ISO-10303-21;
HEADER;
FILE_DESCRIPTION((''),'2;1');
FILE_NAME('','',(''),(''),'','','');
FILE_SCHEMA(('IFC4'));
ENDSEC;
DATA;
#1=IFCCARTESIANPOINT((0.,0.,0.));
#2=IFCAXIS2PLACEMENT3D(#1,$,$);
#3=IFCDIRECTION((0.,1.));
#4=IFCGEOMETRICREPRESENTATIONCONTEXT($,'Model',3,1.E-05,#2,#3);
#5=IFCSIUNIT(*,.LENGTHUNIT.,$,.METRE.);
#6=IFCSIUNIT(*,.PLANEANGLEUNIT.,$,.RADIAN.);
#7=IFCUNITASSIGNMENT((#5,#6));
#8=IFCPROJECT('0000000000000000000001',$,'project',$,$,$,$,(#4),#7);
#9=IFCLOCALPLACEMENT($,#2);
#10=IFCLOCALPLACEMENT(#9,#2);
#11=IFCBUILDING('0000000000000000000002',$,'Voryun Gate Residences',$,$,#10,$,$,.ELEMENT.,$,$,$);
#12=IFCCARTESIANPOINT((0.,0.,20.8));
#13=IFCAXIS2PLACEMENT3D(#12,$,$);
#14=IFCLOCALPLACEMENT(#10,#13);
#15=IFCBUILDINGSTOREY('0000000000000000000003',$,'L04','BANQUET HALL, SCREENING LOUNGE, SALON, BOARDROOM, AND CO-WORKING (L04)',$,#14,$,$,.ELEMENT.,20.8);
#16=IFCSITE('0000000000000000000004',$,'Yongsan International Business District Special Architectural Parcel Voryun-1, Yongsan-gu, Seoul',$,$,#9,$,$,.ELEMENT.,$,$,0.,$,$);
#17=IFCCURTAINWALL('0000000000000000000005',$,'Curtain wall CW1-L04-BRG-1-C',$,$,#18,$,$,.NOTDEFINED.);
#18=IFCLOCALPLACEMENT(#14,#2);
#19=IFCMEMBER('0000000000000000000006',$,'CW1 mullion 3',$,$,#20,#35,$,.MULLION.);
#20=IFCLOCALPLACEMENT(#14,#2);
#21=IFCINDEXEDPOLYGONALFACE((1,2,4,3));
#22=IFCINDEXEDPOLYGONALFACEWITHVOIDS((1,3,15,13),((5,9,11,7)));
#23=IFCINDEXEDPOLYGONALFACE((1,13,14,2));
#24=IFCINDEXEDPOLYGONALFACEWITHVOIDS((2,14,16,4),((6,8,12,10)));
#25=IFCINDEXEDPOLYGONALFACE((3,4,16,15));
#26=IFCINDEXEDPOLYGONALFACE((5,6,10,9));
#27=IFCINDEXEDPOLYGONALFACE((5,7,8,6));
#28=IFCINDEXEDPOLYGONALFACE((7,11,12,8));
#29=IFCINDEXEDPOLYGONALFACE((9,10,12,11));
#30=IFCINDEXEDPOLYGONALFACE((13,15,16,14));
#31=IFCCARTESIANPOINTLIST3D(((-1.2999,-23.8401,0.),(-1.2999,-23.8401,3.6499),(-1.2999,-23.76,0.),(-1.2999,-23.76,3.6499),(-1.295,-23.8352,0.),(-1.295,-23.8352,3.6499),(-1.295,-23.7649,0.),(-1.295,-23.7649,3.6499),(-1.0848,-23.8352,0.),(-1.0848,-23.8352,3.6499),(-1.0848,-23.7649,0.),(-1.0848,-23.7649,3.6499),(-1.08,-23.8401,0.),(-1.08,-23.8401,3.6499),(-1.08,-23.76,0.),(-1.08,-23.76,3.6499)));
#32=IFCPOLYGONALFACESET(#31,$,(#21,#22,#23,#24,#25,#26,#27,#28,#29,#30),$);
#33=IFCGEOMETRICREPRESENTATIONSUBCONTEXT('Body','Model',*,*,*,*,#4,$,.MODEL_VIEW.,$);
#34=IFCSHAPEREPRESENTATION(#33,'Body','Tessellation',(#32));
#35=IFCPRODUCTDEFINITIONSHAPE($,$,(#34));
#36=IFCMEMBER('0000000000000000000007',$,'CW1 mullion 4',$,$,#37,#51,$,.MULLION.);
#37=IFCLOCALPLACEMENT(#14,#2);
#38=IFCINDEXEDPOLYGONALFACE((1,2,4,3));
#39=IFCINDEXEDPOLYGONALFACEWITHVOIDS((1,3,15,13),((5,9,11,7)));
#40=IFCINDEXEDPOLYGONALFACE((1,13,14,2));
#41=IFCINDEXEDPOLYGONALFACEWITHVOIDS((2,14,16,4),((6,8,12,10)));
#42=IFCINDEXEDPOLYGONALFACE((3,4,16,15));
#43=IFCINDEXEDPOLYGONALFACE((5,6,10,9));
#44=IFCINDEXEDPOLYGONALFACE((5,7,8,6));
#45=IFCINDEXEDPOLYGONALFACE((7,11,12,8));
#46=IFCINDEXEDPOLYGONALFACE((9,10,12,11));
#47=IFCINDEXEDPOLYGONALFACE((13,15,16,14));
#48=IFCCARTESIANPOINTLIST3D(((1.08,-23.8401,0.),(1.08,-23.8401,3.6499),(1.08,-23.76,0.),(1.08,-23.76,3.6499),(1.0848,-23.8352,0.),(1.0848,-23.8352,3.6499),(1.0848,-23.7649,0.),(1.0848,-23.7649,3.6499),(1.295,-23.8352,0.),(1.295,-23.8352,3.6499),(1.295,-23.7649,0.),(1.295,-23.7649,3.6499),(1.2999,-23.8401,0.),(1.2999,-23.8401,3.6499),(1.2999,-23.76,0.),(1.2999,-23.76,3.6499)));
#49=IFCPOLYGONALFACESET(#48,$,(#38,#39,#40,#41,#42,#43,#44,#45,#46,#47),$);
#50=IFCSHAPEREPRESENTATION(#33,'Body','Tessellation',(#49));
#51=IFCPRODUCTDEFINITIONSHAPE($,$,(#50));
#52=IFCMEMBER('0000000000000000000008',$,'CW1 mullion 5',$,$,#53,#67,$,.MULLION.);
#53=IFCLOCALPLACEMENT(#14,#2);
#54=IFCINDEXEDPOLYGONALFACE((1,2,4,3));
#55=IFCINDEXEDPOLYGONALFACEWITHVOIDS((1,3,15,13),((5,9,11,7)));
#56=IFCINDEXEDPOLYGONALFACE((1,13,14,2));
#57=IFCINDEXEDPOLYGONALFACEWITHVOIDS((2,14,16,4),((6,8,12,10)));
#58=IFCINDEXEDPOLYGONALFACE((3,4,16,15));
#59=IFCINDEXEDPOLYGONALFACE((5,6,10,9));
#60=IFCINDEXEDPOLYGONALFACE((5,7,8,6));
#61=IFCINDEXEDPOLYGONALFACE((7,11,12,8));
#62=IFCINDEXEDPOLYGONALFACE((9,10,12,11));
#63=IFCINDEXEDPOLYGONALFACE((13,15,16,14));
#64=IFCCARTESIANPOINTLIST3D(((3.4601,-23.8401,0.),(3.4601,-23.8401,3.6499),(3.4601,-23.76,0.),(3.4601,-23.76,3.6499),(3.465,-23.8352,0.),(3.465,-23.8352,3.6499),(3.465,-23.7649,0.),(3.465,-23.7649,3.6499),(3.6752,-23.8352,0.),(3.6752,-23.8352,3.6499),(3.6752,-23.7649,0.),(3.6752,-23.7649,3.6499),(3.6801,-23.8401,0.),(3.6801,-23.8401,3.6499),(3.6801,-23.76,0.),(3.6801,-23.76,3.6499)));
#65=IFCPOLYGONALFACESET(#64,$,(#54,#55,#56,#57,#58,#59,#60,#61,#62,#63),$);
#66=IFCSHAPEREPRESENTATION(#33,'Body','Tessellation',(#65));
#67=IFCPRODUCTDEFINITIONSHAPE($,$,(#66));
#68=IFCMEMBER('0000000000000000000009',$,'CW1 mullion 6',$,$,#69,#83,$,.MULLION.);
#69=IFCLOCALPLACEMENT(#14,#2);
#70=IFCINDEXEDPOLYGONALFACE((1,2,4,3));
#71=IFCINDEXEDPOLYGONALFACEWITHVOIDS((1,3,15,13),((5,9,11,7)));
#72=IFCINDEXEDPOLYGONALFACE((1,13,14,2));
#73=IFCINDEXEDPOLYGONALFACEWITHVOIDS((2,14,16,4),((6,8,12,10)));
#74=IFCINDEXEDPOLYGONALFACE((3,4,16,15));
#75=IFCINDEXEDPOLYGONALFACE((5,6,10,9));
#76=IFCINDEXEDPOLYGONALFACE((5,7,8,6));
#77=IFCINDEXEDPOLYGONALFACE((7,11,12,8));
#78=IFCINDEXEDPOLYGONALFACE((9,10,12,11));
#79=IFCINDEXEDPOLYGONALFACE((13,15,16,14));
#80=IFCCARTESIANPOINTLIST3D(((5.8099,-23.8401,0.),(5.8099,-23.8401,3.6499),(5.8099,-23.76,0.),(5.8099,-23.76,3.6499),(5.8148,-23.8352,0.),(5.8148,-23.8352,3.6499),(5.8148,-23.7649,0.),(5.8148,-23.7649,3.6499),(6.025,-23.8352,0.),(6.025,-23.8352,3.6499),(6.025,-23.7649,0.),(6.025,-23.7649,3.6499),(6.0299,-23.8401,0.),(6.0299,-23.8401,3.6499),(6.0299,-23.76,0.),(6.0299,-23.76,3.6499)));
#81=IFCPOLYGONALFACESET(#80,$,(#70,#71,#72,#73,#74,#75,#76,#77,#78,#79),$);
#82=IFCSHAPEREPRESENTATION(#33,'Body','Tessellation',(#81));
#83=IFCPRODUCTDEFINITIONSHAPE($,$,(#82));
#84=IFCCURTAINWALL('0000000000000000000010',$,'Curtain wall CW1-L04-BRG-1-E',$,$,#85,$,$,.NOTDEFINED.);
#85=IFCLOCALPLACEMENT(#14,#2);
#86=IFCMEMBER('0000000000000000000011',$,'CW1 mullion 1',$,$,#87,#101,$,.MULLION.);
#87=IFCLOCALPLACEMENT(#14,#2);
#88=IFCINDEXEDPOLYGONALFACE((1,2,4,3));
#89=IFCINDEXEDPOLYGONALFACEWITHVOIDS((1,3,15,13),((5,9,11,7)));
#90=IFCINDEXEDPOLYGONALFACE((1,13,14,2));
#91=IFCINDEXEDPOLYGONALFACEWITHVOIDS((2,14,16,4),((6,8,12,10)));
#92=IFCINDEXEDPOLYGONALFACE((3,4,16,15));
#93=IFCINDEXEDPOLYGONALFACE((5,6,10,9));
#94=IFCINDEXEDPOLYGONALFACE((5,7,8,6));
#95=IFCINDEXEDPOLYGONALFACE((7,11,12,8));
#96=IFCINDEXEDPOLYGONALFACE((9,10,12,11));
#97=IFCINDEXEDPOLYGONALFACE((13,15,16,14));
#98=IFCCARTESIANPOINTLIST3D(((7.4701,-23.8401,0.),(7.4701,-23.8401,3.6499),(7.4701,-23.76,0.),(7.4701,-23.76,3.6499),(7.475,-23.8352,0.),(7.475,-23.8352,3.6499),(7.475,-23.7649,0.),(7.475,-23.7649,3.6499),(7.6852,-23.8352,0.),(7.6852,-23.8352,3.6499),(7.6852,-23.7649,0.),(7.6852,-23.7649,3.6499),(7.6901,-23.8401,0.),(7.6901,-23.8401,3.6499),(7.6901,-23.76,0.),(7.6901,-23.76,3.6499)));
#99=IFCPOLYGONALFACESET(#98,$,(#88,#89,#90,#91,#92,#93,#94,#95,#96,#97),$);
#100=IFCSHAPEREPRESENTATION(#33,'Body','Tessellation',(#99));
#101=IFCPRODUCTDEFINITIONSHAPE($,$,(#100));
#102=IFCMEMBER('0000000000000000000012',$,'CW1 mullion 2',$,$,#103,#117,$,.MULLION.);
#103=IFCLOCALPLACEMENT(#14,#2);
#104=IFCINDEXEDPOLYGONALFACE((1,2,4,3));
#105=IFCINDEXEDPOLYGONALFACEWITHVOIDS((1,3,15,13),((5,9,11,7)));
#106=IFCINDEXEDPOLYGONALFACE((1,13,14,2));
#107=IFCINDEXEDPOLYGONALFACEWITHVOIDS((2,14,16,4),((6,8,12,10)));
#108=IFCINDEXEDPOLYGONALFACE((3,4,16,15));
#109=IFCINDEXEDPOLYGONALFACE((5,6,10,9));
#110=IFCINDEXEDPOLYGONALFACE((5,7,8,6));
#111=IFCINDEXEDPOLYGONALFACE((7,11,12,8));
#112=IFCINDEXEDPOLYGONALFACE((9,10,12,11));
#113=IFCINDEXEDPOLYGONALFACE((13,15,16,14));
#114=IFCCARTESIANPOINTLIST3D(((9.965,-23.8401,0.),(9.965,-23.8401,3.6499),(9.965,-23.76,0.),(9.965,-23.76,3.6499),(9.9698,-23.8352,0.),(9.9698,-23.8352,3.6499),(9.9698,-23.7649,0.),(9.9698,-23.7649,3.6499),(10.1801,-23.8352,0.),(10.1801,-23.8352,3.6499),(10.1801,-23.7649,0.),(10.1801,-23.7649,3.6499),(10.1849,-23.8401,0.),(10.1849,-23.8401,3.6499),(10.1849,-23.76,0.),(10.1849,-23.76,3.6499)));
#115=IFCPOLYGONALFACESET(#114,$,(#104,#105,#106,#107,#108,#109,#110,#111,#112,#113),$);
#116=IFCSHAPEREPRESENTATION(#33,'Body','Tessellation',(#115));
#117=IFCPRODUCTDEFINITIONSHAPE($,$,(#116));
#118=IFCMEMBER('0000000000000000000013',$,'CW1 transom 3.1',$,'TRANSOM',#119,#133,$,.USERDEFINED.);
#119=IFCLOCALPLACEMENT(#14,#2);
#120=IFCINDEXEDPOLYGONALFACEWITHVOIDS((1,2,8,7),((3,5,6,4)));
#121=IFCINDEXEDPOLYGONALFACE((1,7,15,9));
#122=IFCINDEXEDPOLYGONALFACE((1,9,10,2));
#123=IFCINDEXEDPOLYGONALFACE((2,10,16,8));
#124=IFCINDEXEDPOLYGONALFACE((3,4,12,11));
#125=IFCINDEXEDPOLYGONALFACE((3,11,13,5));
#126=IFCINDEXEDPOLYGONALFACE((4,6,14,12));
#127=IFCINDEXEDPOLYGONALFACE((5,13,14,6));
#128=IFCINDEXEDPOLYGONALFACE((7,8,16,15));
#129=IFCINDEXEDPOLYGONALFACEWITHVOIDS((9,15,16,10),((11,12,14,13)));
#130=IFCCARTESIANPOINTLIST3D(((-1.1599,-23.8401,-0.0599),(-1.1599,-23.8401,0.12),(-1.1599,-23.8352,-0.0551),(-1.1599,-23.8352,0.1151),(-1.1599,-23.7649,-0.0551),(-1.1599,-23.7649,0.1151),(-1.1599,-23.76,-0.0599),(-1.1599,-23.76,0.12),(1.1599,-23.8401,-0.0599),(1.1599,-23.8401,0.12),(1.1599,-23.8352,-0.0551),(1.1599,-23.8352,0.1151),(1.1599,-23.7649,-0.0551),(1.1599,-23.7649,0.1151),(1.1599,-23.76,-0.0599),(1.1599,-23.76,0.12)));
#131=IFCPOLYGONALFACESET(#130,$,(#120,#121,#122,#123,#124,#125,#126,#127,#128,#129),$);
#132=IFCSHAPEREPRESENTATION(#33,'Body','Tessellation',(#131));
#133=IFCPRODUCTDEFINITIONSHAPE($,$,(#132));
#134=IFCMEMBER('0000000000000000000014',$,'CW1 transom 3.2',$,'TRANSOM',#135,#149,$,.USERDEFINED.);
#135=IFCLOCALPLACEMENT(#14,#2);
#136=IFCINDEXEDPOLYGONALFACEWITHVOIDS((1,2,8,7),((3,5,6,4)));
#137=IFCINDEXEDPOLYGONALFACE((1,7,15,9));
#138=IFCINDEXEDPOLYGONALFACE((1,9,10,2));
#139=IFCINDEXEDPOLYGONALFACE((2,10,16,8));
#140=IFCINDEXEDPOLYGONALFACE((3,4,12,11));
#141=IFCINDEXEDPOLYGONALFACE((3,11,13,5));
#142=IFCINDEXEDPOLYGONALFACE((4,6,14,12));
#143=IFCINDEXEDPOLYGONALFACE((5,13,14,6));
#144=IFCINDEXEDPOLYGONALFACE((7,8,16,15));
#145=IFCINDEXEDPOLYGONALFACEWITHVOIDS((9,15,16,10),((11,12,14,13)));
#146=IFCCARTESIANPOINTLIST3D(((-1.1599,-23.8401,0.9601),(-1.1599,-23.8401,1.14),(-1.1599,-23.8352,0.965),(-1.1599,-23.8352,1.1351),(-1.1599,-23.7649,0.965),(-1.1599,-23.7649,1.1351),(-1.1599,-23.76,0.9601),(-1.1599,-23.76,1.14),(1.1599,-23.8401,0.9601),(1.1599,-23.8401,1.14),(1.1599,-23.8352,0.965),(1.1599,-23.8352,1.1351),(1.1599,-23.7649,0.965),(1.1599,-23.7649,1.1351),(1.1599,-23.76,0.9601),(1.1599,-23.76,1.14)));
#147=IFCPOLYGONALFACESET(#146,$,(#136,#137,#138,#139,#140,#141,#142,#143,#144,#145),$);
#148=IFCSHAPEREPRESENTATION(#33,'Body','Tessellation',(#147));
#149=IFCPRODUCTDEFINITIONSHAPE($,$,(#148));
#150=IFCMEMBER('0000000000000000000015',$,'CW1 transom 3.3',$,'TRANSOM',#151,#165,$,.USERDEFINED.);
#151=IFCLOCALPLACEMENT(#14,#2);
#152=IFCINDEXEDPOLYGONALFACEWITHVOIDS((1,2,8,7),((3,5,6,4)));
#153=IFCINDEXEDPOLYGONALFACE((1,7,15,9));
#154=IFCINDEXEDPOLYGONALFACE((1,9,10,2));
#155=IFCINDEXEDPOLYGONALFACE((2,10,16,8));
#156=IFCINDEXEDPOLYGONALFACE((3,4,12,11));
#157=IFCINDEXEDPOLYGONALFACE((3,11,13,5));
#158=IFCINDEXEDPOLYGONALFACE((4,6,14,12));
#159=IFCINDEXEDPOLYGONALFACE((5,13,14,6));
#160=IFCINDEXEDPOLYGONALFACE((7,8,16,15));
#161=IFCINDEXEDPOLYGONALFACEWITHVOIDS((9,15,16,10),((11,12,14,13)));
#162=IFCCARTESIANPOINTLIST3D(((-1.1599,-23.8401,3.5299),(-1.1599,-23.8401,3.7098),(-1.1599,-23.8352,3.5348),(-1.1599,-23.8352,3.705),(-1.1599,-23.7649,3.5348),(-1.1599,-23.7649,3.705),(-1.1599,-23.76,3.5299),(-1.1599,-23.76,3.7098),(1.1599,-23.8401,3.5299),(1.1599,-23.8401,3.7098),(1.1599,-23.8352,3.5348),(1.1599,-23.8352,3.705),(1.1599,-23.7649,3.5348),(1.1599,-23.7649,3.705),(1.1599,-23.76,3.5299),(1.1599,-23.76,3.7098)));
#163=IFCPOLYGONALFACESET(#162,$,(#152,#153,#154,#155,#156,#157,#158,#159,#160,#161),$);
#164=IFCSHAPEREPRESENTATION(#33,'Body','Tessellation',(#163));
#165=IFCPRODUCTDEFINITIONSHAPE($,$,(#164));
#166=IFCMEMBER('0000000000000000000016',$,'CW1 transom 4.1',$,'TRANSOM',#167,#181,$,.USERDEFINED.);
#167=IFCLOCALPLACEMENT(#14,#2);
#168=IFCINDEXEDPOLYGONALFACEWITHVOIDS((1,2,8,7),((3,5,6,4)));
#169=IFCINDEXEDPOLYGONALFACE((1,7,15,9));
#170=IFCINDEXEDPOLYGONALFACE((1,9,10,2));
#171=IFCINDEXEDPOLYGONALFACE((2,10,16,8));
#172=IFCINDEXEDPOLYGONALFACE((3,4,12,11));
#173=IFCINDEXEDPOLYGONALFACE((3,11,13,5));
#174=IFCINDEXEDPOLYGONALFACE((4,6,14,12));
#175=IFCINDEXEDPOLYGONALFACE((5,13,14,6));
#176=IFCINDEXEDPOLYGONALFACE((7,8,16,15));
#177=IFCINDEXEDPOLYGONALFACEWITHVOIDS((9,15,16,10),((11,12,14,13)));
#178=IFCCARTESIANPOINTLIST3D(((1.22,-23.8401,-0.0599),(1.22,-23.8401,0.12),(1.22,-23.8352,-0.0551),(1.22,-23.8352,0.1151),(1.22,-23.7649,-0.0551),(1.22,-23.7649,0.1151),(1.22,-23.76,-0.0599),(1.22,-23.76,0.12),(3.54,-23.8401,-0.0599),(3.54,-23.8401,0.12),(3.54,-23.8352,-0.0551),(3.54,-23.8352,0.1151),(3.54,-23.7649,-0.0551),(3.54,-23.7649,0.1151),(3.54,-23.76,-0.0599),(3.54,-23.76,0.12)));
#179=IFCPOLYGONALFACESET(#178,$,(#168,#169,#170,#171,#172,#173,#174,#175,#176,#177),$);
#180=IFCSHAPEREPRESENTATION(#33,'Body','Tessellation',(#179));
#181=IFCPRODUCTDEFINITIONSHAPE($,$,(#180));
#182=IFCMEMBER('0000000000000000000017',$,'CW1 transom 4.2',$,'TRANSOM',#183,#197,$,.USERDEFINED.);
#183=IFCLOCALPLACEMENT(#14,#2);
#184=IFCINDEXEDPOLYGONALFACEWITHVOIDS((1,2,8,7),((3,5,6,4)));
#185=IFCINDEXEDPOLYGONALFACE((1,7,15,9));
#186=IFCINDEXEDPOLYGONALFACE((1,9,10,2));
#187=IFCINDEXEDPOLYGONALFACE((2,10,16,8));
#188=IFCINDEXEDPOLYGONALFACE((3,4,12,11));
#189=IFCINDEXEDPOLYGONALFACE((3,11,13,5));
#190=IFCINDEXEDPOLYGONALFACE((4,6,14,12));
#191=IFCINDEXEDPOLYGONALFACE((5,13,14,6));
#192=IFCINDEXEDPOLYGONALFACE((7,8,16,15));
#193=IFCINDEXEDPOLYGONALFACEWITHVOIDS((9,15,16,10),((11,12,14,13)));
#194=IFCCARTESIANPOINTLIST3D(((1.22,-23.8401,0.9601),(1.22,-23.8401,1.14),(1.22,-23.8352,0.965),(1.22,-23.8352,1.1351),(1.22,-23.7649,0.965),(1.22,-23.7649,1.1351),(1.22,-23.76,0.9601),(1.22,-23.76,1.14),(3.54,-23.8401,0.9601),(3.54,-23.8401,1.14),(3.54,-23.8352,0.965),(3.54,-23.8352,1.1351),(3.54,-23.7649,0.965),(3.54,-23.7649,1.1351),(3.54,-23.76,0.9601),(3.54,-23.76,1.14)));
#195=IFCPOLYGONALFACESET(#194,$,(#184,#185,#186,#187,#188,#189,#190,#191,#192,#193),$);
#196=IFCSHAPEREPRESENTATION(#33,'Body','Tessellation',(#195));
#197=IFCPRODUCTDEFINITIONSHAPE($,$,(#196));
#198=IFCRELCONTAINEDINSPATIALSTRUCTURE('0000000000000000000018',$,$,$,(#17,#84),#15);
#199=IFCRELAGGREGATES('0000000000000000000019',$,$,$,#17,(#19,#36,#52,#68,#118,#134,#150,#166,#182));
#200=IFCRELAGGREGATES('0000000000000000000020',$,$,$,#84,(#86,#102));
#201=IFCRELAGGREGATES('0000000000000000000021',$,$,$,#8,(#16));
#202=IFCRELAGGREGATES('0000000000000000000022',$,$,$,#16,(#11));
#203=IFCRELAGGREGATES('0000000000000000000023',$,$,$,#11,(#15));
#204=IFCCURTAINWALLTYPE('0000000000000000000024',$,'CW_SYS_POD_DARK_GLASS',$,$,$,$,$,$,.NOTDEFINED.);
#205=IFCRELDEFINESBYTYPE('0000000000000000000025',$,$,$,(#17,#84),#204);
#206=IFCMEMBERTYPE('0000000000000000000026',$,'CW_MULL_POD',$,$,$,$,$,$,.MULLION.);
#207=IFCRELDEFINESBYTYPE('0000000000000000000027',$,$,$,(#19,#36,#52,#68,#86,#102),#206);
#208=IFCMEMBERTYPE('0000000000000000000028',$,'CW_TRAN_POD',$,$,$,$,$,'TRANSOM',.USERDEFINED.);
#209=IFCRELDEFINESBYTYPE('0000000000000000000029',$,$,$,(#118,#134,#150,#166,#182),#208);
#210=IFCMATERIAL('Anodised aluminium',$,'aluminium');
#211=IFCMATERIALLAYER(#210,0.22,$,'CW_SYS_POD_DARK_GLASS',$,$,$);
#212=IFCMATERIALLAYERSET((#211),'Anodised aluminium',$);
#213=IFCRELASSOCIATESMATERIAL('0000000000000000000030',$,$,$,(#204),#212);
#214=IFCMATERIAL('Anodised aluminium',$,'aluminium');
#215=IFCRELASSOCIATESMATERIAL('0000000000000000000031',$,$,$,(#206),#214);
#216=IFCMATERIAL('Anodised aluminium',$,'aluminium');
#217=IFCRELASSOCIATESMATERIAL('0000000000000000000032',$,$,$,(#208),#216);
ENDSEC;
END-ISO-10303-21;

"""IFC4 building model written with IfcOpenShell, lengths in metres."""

from ifc_helpers import new_model, si_unit, direction, frame, origin, origin_2d, place, context, subcontext, project, spatial, hollow_rectangle, extrude, material, layer, layer_set, material_profile, profile_set, type_object, element, aggregate, save


model = new_model("IFC4")

# Units and contexts
model_context = context("Model", 3, precision=1e-05, world=origin(), true_north=direction((0.0, 1.0)))
body_context = subcontext(model_context, "Body", "Model", "MODEL_VIEW")
ifc_project = project(units=[si_unit("LENGTHUNIT", "METRE"), si_unit("PLANEANGLEUNIT", "RADIAN")], contexts=[model_context])

# Site, building, storey
site_placement = place(None, origin())
site = spatial("IfcSite", under=ifc_project, at=site_placement, Name="Yongsan International Business District Special Architectural Parcel Voryun-1, Yongsan-gu, Seoul", CompositionType="ELEMENT", RefElevation=0.0)
building_placement = place(site_placement, origin())
building = spatial("IfcBuilding", under=site, at=building_placement, Name="Voryun Gate Residences", CompositionType="ELEMENT")
storey_placement = place(building_placement, frame((0.0, 0.0, 20.8)))
storey = spatial("IfcBuildingStorey", under=building, at=storey_placement, Name="L04", Description="BANQUET HALL, SCREENING LOUNGE, SALON, BOARDROOM, AND CO-WORKING (L04)", CompositionType="ELEMENT", Elevation=20.8)

# Curtain walls, members
ifc_material_1 = material(Name="Anodised aluminium", Category="aluminium")
ifc_layer_1 = layer(ifc_material_1, 0.22, Name="CW_SYS_POD_DARK_GLASS")
ifc_layer_set_1 = layer_set([ifc_layer_1], Name="Anodised aluminium")
curtain_wall_type = type_object("IfcCurtainWallType", Name="CW_SYS_POD_DARK_GLASS", PredefinedType="NOTDEFINED", material=ifc_layer_set_1)
curtain_wall_1_placement = place(storey_placement, origin())
curtain_wall_1 = element("IfcCurtainWall", 1, at=curtain_wall_1_placement, inside=storey, type_object=curtain_wall_type, Name="Curtain wall CW1-L04-BRG-1-C", PredefinedType="NOTDEFINED")
ifc_material_2 = material(Name="Anodised aluminium", Category="aluminium")
ifc_material_profile_1 = material_profile(ifc_material_2, hollow_rectangle(XDim=0.0801, YDim=0.22, WallThickness=0.0049, at=origin_2d()), Name="ALU-MULL-220x80x5")
ifc_profile_set_1 = profile_set([ifc_material_profile_1], Name="Anodised aluminium")
member_type_1 = type_object("IfcMemberType", Name="CW_MULL_POD", PredefinedType="MULLION", material=ifc_profile_set_1)
member_1_placement = place(storey_placement, frame((-1.1899, -23.8, 0.0), z_axis=(0.0, 0.0, 1.0), x_axis=(0.0, 1.0, 0.0)))
member_1 = element("IfcMember", 2, at=member_1_placement, type_object=member_type_1, Name="CW1 mullion 3", PredefinedType="MULLION", context=body_context, shape_type="SweptSolid", body=[
    extrude(hollow_rectangle(XDim=0.0801, YDim=0.22, WallThickness=0.0049, at=origin_2d()), origin(), (0.0, 0.0, 1.0), 3.6499),
])
member_2_placement = place(storey_placement, frame((1.1899, -23.8, 0.0), z_axis=(0.0, 0.0, 1.0), x_axis=(0.0, 1.0, 0.0)))
member_2 = element("IfcMember", 3, at=member_2_placement, type_object=member_type_1, Name="CW1 mullion 4", PredefinedType="MULLION", context=body_context, shape_type="SweptSolid", body=[
    extrude(hollow_rectangle(XDim=0.0801, YDim=0.22, WallThickness=0.0049, at=origin_2d()), origin(), (0.0, 0.0, 1.0), 3.6499),
])
member_3_placement = place(storey_placement, frame((3.5701, -23.8, 0.0), z_axis=(0.0, 0.0, 1.0), x_axis=(0.0, 1.0, 0.0)))
member_3 = element("IfcMember", 4, at=member_3_placement, type_object=member_type_1, Name="CW1 mullion 5", PredefinedType="MULLION", context=body_context, shape_type="SweptSolid", body=[
    extrude(hollow_rectangle(XDim=0.0801, YDim=0.22, WallThickness=0.0049, at=origin_2d()), origin(), (0.0, 0.0, 1.0), 3.6499),
])
member_4_placement = place(storey_placement, frame((5.9199, -23.8, 0.0), z_axis=(0.0, 0.0, 1.0), x_axis=(0.0, 1.0, 0.0)))
member_4 = element("IfcMember", 5, at=member_4_placement, type_object=member_type_1, Name="CW1 mullion 6", PredefinedType="MULLION", context=body_context, shape_type="SweptSolid", body=[
    extrude(hollow_rectangle(XDim=0.0801, YDim=0.22, WallThickness=0.0049, at=origin_2d()), origin(), (0.0, 0.0, 1.0), 3.6499),
])
curtain_wall_2_placement = place(storey_placement, origin())
curtain_wall_2 = element("IfcCurtainWall", 6, at=curtain_wall_2_placement, inside=storey, type_object=curtain_wall_type, Name="Curtain wall CW1-L04-BRG-1-E", PredefinedType="NOTDEFINED")
member_5_placement = place(storey_placement, frame((7.5801, -23.8, 0.0), z_axis=(0.0, 0.0, 1.0), x_axis=(0.0, 1.0, 0.0)))
member_5 = element("IfcMember", 7, at=member_5_placement, type_object=member_type_1, Name="CW1 mullion 1", PredefinedType="MULLION", context=body_context, shape_type="SweptSolid", body=[
    extrude(hollow_rectangle(XDim=0.0801, YDim=0.22, WallThickness=0.0049, at=origin_2d()), origin(), (0.0, 0.0, 1.0), 3.6499),
])
member_6_placement = place(storey_placement, frame((10.075, -23.8, 0.0), z_axis=(0.0, 0.0, 1.0), x_axis=(0.0, 1.0, 0.0)))
member_6 = element("IfcMember", 8, at=member_6_placement, type_object=member_type_1, Name="CW1 mullion 2", PredefinedType="MULLION", context=body_context, shape_type="SweptSolid", body=[
    extrude(hollow_rectangle(XDim=0.0801, YDim=0.22, WallThickness=0.0049, at=origin_2d()), origin(), (0.0, 0.0, 1.0), 3.6499),
])

# Members
ifc_material_3 = material(Name="Anodised aluminium", Category="aluminium")
ifc_material_profile_2 = material_profile(ifc_material_3, hollow_rectangle(XDim=0.0801, YDim=0.1799, WallThickness=0.0049, at=origin_2d()), Name="ALU-TRAN-180x80x5")
ifc_profile_set_2 = profile_set([ifc_material_profile_2], Name="Anodised aluminium")
member_type_2 = type_object("IfcMemberType", Name="CW_TRAN_POD", ElementType="TRANSOM", PredefinedType="USERDEFINED", material=ifc_profile_set_2)
member_7_placement = place(storey_placement, frame((-1.1599, -23.8, 0.03), z_axis=(1.0, 0.0, 0.0), x_axis=(0.0, 1.0, 0.0)))
member_7 = element("IfcMember", 9, at=member_7_placement, type_object=member_type_2, Name="CW1 transom 3.1", ObjectType="TRANSOM", PredefinedType="USERDEFINED", context=body_context, shape_type="SweptSolid", body=[
    extrude(hollow_rectangle(XDim=0.0801, YDim=0.1799, WallThickness=0.0049, at=origin_2d()), origin(), (0.0, 0.0, 1.0), 2.3198),
])
member_8_placement = place(storey_placement, frame((-1.1599, -23.8, 1.05), z_axis=(1.0, 0.0, 0.0), x_axis=(0.0, 1.0, 0.0)))
member_8 = element("IfcMember", 10, at=member_8_placement, type_object=member_type_2, Name="CW1 transom 3.2", ObjectType="TRANSOM", PredefinedType="USERDEFINED", context=body_context, shape_type="SweptSolid", body=[
    extrude(hollow_rectangle(XDim=0.0801, YDim=0.1799, WallThickness=0.0049, at=origin_2d()), origin(), (0.0, 0.0, 1.0), 2.3198),
])
member_9_placement = place(storey_placement, frame((-1.1599, -23.8, 3.6199), z_axis=(1.0, 0.0, 0.0), x_axis=(0.0, 1.0, 0.0)))
member_9 = element("IfcMember", 11, at=member_9_placement, type_object=member_type_2, Name="CW1 transom 3.3", ObjectType="TRANSOM", PredefinedType="USERDEFINED", context=body_context, shape_type="SweptSolid", body=[
    extrude(hollow_rectangle(XDim=0.0801, YDim=0.1799, WallThickness=0.0049, at=origin_2d()), origin(), (0.0, 0.0, 1.0), 2.3198),
])
member_10_placement = place(storey_placement, frame((1.22, -23.8, 0.03), z_axis=(1.0, 0.0, 0.0), x_axis=(0.0, 1.0, 0.0)))
member_10 = element("IfcMember", 12, at=member_10_placement, type_object=member_type_2, Name="CW1 transom 4.1", ObjectType="TRANSOM", PredefinedType="USERDEFINED", context=body_context, shape_type="SweptSolid", body=[
    extrude(hollow_rectangle(XDim=0.0801, YDim=0.1799, WallThickness=0.0049, at=origin_2d()), origin(), (0.0, 0.0, 1.0), 2.3201),
])
member_11_placement = place(storey_placement, frame((1.22, -23.8, 1.05), z_axis=(1.0, 0.0, 0.0), x_axis=(0.0, 1.0, 0.0)))
member_11 = element("IfcMember", 13, at=member_11_placement, type_object=member_type_2, Name="CW1 transom 4.2", ObjectType="TRANSOM", PredefinedType="USERDEFINED", context=body_context, shape_type="SweptSolid", body=[
    extrude(hollow_rectangle(XDim=0.0801, YDim=0.1799, WallThickness=0.0049, at=origin_2d()), origin(), (0.0, 0.0, 1.0), 2.3201),
])

aggregate(curtain_wall_1, [member_1, member_2, member_3, member_4, member_7, member_8, member_9, member_10, member_11])
aggregate(curtain_wall_2, [member_5, member_6])

save(model, "model.ifc")
